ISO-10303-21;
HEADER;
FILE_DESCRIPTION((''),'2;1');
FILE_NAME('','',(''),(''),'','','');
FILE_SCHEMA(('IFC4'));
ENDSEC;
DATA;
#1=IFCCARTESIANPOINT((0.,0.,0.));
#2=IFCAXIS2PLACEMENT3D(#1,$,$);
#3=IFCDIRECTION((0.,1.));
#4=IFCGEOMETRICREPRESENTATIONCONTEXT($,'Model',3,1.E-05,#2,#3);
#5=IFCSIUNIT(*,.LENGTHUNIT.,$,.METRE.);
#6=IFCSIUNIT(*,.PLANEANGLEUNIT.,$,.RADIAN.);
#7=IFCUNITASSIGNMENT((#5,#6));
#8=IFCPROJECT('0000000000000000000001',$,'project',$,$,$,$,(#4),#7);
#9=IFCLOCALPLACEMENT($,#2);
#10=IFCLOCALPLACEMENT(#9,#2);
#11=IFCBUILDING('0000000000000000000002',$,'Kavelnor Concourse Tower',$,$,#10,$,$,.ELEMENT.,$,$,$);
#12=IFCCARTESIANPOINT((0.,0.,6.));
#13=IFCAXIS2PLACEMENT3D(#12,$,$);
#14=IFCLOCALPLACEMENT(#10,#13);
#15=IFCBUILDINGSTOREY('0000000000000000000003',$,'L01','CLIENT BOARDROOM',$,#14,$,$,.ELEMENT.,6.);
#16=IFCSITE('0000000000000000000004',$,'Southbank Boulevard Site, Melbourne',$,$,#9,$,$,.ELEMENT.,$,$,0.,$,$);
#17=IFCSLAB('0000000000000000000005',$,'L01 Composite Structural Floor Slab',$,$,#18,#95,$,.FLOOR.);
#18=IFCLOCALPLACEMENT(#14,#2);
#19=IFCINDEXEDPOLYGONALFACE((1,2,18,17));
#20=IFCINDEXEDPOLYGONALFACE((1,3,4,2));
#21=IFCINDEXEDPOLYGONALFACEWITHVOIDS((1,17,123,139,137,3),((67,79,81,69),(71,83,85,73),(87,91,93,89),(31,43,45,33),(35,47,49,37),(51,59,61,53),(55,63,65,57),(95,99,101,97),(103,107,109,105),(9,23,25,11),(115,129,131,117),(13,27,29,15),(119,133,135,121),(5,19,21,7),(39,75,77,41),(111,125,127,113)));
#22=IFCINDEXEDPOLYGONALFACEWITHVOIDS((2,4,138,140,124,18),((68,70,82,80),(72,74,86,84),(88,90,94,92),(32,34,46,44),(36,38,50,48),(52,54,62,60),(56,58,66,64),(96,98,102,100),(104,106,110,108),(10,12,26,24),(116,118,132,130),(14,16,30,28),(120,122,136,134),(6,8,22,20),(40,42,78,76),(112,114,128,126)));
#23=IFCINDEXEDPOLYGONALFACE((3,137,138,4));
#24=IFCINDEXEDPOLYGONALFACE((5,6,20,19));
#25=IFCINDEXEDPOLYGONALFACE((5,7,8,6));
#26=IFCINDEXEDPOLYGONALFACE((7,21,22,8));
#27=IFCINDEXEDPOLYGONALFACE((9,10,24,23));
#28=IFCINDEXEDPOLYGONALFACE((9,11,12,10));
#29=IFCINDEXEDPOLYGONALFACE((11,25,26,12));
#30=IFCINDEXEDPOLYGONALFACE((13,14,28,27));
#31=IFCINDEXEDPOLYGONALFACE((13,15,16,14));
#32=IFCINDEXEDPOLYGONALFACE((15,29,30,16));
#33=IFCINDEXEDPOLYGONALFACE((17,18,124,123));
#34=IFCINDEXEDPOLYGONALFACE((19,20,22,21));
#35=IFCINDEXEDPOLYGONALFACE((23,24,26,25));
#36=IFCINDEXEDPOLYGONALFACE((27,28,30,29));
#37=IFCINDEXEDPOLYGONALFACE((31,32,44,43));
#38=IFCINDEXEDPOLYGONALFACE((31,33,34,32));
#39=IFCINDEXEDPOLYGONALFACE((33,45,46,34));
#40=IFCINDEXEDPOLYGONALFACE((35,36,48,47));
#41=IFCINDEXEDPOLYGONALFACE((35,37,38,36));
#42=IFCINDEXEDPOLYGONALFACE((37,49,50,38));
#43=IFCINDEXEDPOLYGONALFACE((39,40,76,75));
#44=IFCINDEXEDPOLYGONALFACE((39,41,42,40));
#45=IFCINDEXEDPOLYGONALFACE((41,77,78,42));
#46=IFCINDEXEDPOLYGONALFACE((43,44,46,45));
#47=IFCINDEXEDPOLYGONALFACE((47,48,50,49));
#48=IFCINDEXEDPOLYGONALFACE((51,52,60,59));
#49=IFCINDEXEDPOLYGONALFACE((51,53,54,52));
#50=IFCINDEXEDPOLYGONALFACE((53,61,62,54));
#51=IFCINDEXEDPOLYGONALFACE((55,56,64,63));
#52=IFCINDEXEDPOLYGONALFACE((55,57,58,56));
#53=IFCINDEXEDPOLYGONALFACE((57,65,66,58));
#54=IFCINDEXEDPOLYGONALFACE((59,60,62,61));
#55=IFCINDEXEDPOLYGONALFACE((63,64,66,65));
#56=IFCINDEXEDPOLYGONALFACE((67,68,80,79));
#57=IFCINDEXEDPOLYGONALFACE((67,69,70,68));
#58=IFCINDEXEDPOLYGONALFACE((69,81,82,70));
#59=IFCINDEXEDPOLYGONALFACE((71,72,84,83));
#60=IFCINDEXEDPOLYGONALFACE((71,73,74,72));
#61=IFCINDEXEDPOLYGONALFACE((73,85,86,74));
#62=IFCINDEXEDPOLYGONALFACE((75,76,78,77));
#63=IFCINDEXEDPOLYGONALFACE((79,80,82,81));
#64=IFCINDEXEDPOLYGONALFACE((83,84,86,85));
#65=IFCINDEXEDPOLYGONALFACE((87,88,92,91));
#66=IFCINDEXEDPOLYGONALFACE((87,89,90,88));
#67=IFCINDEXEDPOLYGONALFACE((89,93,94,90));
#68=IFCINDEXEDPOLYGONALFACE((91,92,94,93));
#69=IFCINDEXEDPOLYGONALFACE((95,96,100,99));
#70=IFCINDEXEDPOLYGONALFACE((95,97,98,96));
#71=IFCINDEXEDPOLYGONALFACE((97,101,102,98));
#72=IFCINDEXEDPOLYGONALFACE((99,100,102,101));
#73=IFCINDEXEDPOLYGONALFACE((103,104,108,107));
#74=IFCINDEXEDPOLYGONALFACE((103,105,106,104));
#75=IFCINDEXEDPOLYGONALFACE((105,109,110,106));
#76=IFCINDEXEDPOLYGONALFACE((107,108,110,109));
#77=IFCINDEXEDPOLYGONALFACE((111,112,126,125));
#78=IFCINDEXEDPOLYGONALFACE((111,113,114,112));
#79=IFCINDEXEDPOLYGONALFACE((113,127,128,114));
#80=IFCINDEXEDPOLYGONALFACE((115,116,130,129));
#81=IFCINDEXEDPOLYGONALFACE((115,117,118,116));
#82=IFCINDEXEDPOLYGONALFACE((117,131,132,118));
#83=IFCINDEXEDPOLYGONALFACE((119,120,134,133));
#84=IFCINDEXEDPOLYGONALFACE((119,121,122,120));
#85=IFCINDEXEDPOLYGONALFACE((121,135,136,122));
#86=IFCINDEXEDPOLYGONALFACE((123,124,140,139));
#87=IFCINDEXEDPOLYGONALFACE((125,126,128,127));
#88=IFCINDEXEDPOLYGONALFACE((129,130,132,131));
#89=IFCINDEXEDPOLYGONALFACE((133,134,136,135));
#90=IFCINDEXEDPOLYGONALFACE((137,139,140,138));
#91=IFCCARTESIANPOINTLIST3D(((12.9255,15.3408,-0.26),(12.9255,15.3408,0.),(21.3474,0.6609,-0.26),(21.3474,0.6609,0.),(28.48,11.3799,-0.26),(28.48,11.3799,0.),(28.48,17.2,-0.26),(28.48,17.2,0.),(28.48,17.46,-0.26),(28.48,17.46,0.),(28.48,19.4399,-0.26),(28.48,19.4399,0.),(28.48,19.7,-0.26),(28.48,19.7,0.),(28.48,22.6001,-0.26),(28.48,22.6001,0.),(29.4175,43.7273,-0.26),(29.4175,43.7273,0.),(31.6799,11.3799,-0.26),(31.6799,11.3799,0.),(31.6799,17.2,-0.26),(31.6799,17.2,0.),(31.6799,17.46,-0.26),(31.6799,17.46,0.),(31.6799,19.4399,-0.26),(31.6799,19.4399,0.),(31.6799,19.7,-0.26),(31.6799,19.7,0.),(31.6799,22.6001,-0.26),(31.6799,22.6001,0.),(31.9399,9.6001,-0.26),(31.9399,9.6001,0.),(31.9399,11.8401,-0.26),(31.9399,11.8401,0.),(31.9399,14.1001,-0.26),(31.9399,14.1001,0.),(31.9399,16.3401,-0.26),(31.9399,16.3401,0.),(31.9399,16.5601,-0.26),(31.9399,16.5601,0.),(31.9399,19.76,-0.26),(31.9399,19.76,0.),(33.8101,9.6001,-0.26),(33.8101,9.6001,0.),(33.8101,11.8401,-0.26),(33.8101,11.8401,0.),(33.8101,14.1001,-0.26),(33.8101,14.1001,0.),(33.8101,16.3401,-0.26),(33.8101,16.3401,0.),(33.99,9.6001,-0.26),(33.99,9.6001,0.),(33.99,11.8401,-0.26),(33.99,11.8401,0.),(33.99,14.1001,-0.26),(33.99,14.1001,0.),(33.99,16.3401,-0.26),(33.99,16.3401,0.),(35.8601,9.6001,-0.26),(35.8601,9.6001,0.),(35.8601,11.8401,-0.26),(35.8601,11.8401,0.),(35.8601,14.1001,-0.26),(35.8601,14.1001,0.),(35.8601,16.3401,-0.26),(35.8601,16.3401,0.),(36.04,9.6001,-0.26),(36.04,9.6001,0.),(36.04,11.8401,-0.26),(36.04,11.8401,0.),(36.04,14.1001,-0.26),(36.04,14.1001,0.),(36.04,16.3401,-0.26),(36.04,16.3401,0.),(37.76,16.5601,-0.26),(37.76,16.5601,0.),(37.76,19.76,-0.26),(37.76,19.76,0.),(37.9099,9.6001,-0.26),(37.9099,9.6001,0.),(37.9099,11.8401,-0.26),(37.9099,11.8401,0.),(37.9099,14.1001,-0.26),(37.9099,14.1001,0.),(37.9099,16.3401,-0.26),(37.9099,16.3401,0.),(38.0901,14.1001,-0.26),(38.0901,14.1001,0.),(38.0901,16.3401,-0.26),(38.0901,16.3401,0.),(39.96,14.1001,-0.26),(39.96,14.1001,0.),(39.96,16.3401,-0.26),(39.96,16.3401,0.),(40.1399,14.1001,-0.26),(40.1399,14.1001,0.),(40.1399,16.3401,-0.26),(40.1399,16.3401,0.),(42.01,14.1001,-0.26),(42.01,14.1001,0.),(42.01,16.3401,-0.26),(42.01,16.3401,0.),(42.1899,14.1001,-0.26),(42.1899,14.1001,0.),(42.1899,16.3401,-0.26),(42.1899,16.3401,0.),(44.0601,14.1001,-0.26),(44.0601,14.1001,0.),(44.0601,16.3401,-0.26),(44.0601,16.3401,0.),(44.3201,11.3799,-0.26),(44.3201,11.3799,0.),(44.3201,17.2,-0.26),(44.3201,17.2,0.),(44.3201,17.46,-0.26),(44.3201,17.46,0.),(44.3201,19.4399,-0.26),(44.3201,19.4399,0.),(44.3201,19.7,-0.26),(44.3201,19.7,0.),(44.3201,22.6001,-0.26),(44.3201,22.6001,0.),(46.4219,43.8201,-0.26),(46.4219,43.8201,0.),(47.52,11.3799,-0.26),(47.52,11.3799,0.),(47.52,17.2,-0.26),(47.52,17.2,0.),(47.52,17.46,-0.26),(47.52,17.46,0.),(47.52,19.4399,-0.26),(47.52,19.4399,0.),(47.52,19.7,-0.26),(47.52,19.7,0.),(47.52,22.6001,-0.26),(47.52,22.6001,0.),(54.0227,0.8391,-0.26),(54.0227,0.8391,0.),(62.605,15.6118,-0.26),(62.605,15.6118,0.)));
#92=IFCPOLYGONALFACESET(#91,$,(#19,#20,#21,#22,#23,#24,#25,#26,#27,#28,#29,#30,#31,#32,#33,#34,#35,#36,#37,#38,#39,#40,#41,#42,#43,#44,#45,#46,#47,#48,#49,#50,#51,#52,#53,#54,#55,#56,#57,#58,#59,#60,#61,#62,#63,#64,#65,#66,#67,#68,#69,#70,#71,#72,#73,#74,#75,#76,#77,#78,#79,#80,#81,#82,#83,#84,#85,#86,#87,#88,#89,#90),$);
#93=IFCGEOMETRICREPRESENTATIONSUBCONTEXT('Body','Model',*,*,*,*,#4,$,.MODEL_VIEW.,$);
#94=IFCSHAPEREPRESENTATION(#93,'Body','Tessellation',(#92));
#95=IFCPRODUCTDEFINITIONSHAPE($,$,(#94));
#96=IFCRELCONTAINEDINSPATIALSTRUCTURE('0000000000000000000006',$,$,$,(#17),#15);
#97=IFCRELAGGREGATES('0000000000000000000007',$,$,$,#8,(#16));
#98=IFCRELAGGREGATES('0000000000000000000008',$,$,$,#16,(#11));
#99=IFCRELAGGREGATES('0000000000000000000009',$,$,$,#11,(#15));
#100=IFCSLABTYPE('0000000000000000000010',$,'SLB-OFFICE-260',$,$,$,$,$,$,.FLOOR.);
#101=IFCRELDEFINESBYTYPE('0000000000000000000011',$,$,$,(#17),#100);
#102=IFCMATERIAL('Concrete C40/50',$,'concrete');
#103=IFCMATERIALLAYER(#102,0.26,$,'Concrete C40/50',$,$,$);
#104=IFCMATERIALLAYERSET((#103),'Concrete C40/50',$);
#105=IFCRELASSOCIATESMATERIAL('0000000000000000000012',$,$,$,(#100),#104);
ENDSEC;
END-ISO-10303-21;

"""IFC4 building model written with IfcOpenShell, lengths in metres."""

from ifc_helpers import new_model, si_unit, direction, frame, origin, place, context, subcontext, project, spatial, polyline, outline, extrude, material, layer, layer_set, type_object, element, save


model = new_model("IFC4")

# Units and contexts
model_context = context("Model", 3, precision=1e-05, world=origin(), true_north=direction((0.0, 1.0)))
body_context = subcontext(model_context, "Body", "Model", "MODEL_VIEW")
ifc_project = project(units=[si_unit("LENGTHUNIT", "METRE"), si_unit("PLANEANGLEUNIT", "RADIAN")], contexts=[model_context])

# Site, building, storey
site_placement = place(None, origin())
site = spatial("IfcSite", under=ifc_project, at=site_placement, Name="Southbank Boulevard Site, Melbourne", CompositionType="ELEMENT", RefElevation=0.0)
building_placement = place(site_placement, origin())
building = spatial("IfcBuilding", under=site, at=building_placement, Name="Kavelnor Concourse Tower", CompositionType="ELEMENT")
storey_placement = place(building_placement, frame((0.0, 0.0, 6.0)))
storey = spatial("IfcBuildingStorey", under=building, at=storey_placement, Name="L01", Description="CLIENT BOARDROOM", CompositionType="ELEMENT", Elevation=6.0)

# Shared definitions
ifc_material_1 = material(Name="Concrete C40/50", Category="concrete")

# Slab
ifc_layer_1 = layer(ifc_material_1, 0.26, Name="Concrete C40/50")
ifc_layer_set_1 = layer_set([ifc_layer_1], Name="Concrete C40/50")
slab_type_1 = type_object("IfcSlabType", Name="SLB-OFFICE-260", PredefinedType="FLOOR", material=ifc_layer_set_1)
slab_1_placement = place(storey_placement, frame((0.0, 0.0, -0.26)))
element("IfcSlab", 1, at=slab_1_placement, inside=storey, type_object=slab_type_1, Name="L01 Composite Structural Floor Slab", PredefinedType="FLOOR", context=body_context, shape_type="SweptSolid", body=[
    extrude(outline(polyline([(46.4219, 43.8201), (29.4175, 43.7273), (12.9255, 15.3408), (21.3474, 0.6609), (54.0227, 0.8391), (62.605, 15.6118), (46.4219, 43.8201)]), holes=[polyline([(28.48, 11.3799), (31.6799, 11.3799), (31.6799, 17.2), (28.48, 17.2), (28.48, 11.3799)]), polyline([(44.3201, 11.3799), (47.52, 11.3799), (47.52, 17.2), (44.3201, 17.2), (44.3201, 11.3799)]), polyline([(31.9399, 16.5601), (37.76, 16.5601), (37.76, 19.76), (31.9399, 19.76), (31.9399, 16.5601)]), polyline([(28.48, 19.7), (31.6799, 19.7), (31.6799, 22.6001), (28.48, 22.6001), (28.48, 19.7)]), polyline([(44.3201, 19.7), (47.52, 19.7), (47.52, 22.6001), (44.3201, 22.6001), (44.3201, 19.7)]), polyline([(31.9399, 14.1001), (33.8101, 14.1001), (33.8101, 16.3401), (31.9399, 16.3401), (31.9399, 14.1001)]), polyline([(33.99, 14.1001), (35.8601, 14.1001), (35.8601, 16.3401), (33.99, 16.3401), (33.99, 14.1001)]), polyline([(36.04, 14.1001), (37.9099, 14.1001), (37.9099, 16.3401), (36.04, 16.3401), (36.04, 14.1001)]), polyline([(38.0901, 14.1001), (39.96, 14.1001), (39.96, 16.3401), (38.0901, 16.3401), (38.0901, 14.1001)]), polyline([(40.1399, 14.1001), (42.01, 14.1001), (42.01, 16.3401), (40.1399, 16.3401), (40.1399, 14.1001)]), polyline([(42.1899, 14.1001), (44.0601, 14.1001), (44.0601, 16.3401), (42.1899, 16.3401), (42.1899, 14.1001)]), polyline([(31.9399, 9.6001), (33.8101, 9.6001), (33.8101, 11.8401), (31.9399, 11.8401), (31.9399, 9.6001)]), polyline([(33.99, 9.6001), (35.8601, 9.6001), (35.8601, 11.8401), (33.99, 11.8401), (33.99, 9.6001)]), polyline([(36.04, 9.6001), (37.9099, 9.6001), (37.9099, 11.8401), (36.04, 11.8401), (36.04, 9.6001)]), polyline([(28.48, 17.46), (31.6799, 17.46), (31.6799, 19.4399), (28.48, 19.4399), (28.48, 17.46)]), polyline([(44.3201, 17.46), (47.52, 17.46), (47.52, 19.4399), (44.3201, 19.4399), (44.3201, 17.46)])]), origin(), (0.0, 0.0, 1.0), 0.26),
])

save(model, "model.ifc")
